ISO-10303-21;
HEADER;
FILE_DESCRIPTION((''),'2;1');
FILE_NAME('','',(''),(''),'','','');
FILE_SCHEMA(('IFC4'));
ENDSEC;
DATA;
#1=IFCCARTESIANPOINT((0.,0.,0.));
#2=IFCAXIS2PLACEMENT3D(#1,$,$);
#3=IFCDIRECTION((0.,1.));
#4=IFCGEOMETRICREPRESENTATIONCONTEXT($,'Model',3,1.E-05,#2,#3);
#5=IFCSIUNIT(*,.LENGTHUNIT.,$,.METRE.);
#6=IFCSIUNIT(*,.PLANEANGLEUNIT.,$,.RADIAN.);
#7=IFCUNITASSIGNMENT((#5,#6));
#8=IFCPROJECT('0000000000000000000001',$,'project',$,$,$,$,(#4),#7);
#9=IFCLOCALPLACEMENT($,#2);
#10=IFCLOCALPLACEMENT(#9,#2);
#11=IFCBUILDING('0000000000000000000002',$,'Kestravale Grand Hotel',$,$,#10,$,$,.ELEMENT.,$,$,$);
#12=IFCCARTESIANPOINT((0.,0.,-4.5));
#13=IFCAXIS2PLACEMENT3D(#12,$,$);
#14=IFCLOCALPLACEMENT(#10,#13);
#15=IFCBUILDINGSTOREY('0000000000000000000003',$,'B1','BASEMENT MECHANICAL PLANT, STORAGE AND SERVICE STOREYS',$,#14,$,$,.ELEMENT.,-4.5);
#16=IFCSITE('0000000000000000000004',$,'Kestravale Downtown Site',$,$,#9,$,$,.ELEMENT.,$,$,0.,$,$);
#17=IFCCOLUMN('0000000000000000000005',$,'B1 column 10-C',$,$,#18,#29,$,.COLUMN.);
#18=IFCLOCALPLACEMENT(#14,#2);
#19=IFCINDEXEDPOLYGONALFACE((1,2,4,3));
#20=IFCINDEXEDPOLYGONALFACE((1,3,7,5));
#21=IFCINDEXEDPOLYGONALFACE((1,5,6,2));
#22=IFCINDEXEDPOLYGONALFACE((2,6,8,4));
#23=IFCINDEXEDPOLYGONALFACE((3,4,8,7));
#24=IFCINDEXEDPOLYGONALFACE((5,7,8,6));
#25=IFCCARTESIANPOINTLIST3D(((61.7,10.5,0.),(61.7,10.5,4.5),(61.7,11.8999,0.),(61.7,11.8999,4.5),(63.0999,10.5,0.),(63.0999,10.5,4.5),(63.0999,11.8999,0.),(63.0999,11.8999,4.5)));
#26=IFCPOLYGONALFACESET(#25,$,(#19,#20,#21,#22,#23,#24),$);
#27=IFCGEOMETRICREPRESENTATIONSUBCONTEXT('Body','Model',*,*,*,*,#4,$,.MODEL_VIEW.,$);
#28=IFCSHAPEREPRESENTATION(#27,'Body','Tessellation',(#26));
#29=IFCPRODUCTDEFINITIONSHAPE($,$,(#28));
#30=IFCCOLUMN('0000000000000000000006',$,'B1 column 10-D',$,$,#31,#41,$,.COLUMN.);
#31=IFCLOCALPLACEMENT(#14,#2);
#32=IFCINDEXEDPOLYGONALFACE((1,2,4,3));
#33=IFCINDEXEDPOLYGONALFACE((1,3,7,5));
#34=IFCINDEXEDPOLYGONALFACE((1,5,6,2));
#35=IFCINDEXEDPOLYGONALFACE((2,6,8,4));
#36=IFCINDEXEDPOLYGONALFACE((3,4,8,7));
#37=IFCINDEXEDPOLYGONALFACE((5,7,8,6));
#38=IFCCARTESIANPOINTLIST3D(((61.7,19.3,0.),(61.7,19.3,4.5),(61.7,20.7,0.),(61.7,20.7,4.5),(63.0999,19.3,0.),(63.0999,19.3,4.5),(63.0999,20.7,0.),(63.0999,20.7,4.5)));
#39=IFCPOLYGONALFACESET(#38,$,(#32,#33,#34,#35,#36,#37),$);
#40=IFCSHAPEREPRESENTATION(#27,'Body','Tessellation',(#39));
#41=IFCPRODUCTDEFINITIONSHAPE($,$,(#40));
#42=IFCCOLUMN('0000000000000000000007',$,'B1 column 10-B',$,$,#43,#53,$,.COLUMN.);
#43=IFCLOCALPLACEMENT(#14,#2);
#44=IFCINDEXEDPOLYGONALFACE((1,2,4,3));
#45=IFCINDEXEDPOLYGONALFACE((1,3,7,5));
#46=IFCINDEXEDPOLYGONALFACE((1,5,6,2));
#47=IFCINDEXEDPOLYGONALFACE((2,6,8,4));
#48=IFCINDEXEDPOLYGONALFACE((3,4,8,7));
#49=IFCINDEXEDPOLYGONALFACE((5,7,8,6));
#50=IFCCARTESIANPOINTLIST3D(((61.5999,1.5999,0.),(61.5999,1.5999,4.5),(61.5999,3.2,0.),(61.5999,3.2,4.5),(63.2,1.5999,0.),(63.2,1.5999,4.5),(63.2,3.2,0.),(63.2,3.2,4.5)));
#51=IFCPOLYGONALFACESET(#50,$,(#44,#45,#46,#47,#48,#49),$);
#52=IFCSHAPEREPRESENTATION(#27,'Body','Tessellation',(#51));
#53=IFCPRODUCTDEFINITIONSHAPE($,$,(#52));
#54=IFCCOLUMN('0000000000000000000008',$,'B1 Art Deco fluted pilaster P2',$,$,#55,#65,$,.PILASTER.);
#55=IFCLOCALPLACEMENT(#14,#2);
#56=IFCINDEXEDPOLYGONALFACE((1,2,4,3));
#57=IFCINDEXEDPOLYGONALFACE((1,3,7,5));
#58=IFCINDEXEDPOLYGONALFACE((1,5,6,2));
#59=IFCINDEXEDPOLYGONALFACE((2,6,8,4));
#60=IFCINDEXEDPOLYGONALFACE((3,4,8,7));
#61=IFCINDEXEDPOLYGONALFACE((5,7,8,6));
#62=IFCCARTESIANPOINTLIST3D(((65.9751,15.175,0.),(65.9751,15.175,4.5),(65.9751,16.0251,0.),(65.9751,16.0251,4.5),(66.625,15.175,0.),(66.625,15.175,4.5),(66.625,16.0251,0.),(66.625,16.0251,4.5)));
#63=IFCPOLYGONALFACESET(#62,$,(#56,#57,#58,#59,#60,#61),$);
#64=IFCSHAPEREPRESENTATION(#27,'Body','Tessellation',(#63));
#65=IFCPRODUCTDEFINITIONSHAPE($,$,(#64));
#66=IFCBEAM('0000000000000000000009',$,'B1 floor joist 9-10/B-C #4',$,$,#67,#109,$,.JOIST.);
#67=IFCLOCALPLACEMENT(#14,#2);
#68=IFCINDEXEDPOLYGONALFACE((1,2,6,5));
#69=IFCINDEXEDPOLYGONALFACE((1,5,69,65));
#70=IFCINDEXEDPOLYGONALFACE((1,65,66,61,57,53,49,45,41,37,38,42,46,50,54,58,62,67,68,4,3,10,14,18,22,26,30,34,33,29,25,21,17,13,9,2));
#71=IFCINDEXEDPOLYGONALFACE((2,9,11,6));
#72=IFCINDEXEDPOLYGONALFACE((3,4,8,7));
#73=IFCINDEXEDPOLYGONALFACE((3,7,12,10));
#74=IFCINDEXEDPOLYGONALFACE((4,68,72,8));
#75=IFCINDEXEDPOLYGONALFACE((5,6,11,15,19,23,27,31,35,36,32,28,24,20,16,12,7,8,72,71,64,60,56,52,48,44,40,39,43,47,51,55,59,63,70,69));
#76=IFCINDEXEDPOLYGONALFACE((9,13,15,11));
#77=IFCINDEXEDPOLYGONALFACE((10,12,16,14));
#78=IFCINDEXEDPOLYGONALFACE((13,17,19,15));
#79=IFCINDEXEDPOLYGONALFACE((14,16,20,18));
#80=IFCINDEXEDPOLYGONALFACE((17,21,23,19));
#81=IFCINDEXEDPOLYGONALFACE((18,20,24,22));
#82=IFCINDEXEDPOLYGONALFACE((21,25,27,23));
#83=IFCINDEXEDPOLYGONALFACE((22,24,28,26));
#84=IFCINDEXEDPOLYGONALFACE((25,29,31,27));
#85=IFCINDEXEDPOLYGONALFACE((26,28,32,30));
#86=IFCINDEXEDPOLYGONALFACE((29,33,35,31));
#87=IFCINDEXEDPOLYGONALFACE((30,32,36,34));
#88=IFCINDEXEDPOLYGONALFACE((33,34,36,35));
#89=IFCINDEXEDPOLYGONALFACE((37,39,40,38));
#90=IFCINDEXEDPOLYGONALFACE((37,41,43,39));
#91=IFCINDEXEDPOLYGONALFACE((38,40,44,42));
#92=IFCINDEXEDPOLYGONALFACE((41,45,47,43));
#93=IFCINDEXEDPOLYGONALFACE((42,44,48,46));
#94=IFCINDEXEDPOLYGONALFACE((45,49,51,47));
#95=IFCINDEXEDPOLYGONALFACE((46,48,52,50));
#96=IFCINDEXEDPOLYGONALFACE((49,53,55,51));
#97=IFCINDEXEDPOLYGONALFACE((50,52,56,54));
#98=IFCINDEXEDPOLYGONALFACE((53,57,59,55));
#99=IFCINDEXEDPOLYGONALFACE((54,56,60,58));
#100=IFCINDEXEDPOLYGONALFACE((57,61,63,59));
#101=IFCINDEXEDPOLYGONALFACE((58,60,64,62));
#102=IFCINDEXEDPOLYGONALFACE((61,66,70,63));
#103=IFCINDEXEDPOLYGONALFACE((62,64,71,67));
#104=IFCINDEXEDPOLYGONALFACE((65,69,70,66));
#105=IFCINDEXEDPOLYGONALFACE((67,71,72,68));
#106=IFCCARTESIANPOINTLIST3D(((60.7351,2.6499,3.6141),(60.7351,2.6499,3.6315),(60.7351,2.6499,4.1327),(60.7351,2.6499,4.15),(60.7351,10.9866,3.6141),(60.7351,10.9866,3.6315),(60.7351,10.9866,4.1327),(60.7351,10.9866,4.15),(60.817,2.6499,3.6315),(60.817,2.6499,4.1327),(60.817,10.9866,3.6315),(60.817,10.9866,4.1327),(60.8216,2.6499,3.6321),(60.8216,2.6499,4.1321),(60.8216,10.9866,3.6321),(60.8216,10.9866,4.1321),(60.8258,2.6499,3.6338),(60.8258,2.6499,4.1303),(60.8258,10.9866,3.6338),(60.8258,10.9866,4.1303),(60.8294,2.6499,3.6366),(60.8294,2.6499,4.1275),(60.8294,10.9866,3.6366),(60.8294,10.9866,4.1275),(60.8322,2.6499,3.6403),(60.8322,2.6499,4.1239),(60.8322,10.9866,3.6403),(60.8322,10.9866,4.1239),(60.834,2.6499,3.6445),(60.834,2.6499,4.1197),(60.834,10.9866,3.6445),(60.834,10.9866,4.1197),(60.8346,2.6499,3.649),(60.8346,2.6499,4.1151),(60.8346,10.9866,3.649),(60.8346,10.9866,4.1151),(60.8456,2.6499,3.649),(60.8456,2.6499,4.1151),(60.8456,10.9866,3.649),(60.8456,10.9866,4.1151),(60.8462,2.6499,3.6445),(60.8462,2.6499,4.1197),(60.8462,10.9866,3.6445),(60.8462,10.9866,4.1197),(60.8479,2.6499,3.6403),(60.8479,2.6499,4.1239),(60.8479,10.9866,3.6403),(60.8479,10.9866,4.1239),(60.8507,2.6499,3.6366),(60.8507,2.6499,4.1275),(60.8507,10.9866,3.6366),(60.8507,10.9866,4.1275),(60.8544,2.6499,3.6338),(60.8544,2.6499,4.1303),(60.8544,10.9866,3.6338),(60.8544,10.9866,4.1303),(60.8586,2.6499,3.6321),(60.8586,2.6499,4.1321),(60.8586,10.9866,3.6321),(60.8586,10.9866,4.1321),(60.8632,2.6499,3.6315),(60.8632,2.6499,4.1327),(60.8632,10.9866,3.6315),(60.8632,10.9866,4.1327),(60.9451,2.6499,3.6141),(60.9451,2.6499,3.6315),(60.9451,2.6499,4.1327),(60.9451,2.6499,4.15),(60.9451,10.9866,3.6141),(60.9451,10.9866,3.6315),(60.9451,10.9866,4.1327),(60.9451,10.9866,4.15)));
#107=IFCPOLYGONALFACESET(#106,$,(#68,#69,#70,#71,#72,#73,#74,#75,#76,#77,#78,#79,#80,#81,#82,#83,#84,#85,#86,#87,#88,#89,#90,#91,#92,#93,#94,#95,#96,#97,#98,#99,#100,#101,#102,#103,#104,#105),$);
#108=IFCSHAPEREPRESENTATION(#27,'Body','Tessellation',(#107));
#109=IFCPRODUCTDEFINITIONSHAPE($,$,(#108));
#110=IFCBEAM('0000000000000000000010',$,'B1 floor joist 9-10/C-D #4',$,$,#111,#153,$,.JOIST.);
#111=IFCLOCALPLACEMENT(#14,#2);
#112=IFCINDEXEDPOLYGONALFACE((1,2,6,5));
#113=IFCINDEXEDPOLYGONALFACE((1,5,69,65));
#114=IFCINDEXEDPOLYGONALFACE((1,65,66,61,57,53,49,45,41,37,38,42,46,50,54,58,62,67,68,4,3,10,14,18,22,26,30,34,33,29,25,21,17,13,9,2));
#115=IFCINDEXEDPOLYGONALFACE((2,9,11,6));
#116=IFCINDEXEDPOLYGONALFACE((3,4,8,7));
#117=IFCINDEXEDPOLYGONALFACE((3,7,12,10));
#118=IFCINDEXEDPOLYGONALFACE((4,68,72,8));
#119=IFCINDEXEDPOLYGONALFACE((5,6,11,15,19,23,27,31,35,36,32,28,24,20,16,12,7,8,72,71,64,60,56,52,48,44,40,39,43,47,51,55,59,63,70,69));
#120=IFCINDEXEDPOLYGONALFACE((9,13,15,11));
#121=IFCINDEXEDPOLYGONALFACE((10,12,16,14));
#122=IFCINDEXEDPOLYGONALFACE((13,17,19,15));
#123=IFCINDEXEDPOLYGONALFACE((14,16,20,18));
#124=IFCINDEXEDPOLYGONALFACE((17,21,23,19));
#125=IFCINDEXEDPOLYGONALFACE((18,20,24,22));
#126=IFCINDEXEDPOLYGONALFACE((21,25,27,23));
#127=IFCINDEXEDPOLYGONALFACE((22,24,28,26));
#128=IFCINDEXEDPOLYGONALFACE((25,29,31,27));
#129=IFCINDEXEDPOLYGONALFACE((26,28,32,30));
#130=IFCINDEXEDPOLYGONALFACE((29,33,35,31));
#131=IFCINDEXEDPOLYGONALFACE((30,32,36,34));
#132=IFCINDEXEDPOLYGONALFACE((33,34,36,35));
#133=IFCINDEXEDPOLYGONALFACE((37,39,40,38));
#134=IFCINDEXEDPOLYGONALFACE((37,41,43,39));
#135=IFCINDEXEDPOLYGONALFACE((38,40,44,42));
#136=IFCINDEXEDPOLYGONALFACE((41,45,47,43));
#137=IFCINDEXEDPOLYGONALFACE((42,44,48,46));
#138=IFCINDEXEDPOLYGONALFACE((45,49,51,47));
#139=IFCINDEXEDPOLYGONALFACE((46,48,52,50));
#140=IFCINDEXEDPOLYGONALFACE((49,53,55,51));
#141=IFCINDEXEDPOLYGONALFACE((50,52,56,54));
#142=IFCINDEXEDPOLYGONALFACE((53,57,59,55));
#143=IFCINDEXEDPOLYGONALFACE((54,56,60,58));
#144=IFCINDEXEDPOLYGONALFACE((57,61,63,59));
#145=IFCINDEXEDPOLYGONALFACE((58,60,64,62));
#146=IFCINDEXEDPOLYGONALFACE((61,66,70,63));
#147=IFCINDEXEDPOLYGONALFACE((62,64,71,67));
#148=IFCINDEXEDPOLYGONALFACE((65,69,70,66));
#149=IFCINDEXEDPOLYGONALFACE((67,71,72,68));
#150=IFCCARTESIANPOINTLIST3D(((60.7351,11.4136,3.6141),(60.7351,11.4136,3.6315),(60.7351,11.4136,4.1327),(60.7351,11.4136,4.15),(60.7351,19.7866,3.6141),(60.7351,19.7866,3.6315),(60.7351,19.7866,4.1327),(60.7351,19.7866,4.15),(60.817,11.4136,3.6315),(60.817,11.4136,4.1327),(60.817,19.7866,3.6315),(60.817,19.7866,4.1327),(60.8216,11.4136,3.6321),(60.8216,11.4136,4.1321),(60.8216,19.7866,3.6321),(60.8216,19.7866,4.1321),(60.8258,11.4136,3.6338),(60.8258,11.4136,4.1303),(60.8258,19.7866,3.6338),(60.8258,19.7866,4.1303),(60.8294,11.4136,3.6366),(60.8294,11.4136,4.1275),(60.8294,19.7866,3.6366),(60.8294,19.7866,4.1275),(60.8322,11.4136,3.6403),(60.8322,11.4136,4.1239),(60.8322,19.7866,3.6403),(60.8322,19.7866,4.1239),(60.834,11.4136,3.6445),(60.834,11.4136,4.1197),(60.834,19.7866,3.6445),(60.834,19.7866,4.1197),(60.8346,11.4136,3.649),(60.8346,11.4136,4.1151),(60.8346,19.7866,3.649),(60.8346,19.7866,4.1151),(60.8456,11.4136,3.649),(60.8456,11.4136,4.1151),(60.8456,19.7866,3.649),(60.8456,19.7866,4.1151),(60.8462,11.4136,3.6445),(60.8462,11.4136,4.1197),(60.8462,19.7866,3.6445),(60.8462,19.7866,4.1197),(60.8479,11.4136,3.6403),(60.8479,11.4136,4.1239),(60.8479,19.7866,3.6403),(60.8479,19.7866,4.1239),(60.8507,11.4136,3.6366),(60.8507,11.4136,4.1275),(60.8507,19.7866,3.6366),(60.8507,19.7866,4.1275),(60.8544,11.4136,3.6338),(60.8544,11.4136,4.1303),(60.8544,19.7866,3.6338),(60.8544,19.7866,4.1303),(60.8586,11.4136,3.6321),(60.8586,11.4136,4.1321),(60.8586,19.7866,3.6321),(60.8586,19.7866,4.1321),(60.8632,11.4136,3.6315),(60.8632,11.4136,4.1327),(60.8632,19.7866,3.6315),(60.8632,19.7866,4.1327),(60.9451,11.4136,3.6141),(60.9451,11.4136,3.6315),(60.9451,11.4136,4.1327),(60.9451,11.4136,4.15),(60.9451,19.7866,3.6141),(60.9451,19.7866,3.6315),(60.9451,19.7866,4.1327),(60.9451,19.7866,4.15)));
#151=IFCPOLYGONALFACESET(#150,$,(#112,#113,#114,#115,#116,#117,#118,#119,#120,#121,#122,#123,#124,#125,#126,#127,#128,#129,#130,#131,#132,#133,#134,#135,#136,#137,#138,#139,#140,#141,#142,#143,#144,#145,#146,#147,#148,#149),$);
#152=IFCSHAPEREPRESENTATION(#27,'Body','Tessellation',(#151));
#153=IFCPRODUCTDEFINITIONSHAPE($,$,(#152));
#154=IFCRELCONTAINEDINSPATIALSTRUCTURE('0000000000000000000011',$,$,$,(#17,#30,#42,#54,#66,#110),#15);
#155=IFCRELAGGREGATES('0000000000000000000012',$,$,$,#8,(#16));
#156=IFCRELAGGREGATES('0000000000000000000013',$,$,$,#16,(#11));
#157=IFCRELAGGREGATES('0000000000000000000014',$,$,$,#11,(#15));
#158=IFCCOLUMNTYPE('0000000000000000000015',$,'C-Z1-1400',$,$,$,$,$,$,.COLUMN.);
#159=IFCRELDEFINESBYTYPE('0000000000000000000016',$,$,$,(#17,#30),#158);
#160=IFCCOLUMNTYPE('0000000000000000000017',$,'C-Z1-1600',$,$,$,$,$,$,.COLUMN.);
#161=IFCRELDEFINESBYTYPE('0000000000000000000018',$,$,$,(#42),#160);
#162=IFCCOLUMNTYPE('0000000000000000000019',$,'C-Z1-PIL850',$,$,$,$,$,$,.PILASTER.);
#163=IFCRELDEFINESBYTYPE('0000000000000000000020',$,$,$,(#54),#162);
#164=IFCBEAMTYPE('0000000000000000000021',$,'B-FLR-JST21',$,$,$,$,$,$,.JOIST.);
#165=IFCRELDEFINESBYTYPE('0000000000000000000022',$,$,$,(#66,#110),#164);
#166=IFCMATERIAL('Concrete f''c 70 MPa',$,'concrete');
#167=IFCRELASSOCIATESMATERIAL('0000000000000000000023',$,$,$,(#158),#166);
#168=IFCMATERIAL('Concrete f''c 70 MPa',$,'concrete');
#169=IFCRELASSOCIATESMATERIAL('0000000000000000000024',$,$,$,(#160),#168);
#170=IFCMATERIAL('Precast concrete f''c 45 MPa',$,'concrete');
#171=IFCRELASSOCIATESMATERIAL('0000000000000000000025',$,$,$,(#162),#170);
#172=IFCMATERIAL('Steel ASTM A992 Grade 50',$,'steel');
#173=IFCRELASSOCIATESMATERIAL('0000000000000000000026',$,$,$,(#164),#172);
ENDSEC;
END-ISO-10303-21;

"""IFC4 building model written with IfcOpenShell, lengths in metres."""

from ifc_helpers import new_model, si_unit, direction, frame, origin, origin_2d, place, context, subcontext, project, spatial, rectangle, i_section, extrude, material, material_profile, profile_set, type_object, element, save


model = new_model("IFC4")

# Units and contexts
model_context = context("Model", 3, precision=1e-05, world=origin(), true_north=direction((0.0, 1.0)))
body_context = subcontext(model_context, "Body", "Model", "MODEL_VIEW")
ifc_project = project(units=[si_unit("LENGTHUNIT", "METRE"), si_unit("PLANEANGLEUNIT", "RADIAN")], contexts=[model_context])

# Site, building, storey
site_placement = place(None, origin())
site = spatial("IfcSite", under=ifc_project, at=site_placement, Name="Kestravale Downtown Site", CompositionType="ELEMENT", RefElevation=0.0)
building_placement = place(site_placement, origin())
building = spatial("IfcBuilding", under=site, at=building_placement, Name="Kestravale Grand Hotel", CompositionType="ELEMENT")
storey_placement = place(building_placement, frame((0.0, 0.0, -4.5)))
storey = spatial("IfcBuildingStorey", under=building, at=storey_placement, Name="B1", Description="BASEMENT MECHANICAL PLANT, STORAGE AND SERVICE STOREYS", CompositionType="ELEMENT", Elevation=-4.5)

# Columns
ifc_material_1 = material(Name="Concrete f'c 70 MPa", Category="concrete")
ifc_material_profile_1 = material_profile(ifc_material_1, rectangle(XDim=1.3999, YDim=1.3999, at=origin_2d()))
ifc_profile_set_1 = profile_set([ifc_material_profile_1], Name="Concrete f'c 70 MPa")
column_type_1 = type_object("IfcColumnType", Name="C-Z1-1400", PredefinedType="COLUMN", material=ifc_profile_set_1)
for number, where, z_axis, x_axis, name in (
    (1, (62.3999, 11.2, 0.0), (0.0, 0.0, 1.0), (1.0, 0.0, 0.0), "B1 column 10-C"),
    (2, (62.3999, 20.0, 0.0), (0.0, 0.0, 1.0), (1.0, 0.0, 0.0), "B1 column 10-D"),
):
    element("IfcColumn", number, at=place(storey_placement, frame(where, z_axis=z_axis, x_axis=x_axis)), inside=storey, type_object=column_type_1, Name=name, PredefinedType="COLUMN", context=body_context, shape_type="SweptSolid", body=[
        extrude(rectangle(XDim=1.3999, YDim=1.3999, at=origin_2d()), origin(), (0.0, 0.0, 1.0), 4.5),
    ])
ifc_material_2 = material(Name="Concrete f'c 70 MPa", Category="concrete")
ifc_material_profile_2 = material_profile(ifc_material_2, rectangle(XDim=1.6001, YDim=1.6001, at=origin_2d()))
ifc_profile_set_2 = profile_set([ifc_material_profile_2], Name="Concrete f'c 70 MPa")
column_type_2 = type_object("IfcColumnType", Name="C-Z1-1600", PredefinedType="COLUMN", material=ifc_profile_set_2)
column_1_placement = place(storey_placement, frame((62.3999, 2.3999, 0.0), z_axis=(0.0, 0.0, 1.0), x_axis=(1.0, 0.0, 0.0)))
element("IfcColumn", 3, at=column_1_placement, inside=storey, type_object=column_type_2, Name="B1 column 10-B", PredefinedType="COLUMN", context=body_context, shape_type="SweptSolid", body=[
    extrude(rectangle(XDim=1.6001, YDim=1.6001, at=origin_2d()), origin(), (0.0, 0.0, 1.0), 4.5),
])
ifc_material_3 = material(Name="Precast concrete f'c 45 MPa", Category="concrete")
ifc_material_profile_3 = material_profile(ifc_material_3, rectangle(XDim=0.6499, YDim=0.8501, at=origin_2d()))
ifc_profile_set_3 = profile_set([ifc_material_profile_3], Name="Precast concrete f'c 45 MPa")
column_type_3 = type_object("IfcColumnType", Name="C-Z1-PIL850", PredefinedType="PILASTER", material=ifc_profile_set_3)
column_2_placement = place(storey_placement, frame((66.3, 15.6001, 0.0), z_axis=(0.0, 0.0, 1.0), x_axis=(1.0, 0.0, 0.0)))
element("IfcColumn", 4, at=column_2_placement, inside=storey, type_object=column_type_3, Name="B1 Art Deco fluted pilaster P2", PredefinedType="PILASTER", context=body_context, shape_type="SweptSolid", body=[
    extrude(rectangle(XDim=0.6499, YDim=0.8501, at=origin_2d()), origin(), (0.0, 0.0, 1.0), 4.5),
])

# Beams
ifc_material_4 = material(Name="Steel ASTM A992 Grade 50", Category="steel")
ifc_material_profile_4 = material_profile(ifc_material_4, i_section(OverallWidth=0.21, OverallDepth=0.5359, WebThickness=0.011, FlangeThickness=0.0173, FilletRadius=0.0176, at=origin_2d()))
ifc_profile_set_4 = profile_set([ifc_material_profile_4], Name="Steel ASTM A992 Grade 50")
beam_type_1 = type_object("IfcBeamType", Name="B-FLR-JST21", PredefinedType="JOIST", material=ifc_profile_set_4)
beam_1_placement = place(storey_placement, frame((60.8401, 2.6499, 3.8821), z_axis=(0.0, 1.0, 0.0), x_axis=(-1.0, 0.0, 0.0)))
element("IfcBeam", 5, at=beam_1_placement, inside=storey, type_object=beam_type_1, Name="B1 floor joist 9-10/B-C #4", PredefinedType="JOIST", context=body_context, shape_type="SweptSolid", body=[
    extrude(i_section(OverallWidth=0.21, OverallDepth=0.5359, WebThickness=0.011, FlangeThickness=0.0173, FilletRadius=0.0176, at=origin_2d()), origin(), (0.0, 0.0, 1.0), 8.3367),
])
beam_2_placement = place(storey_placement, frame((60.8401, 11.4136, 3.8821), z_axis=(0.0, 1.0, 0.0), x_axis=(-1.0, 0.0, 0.0)))
element("IfcBeam", 6, at=beam_2_placement, inside=storey, type_object=beam_type_1, Name="B1 floor joist 9-10/C-D #4", PredefinedType="JOIST", context=body_context, shape_type="SweptSolid", body=[
    extrude(i_section(OverallWidth=0.21, OverallDepth=0.5359, WebThickness=0.011, FlangeThickness=0.0173, FilletRadius=0.0176, at=origin_2d()), origin(), (0.0, 0.0, 1.0), 8.373),
])

save(model, "model.ifc")
